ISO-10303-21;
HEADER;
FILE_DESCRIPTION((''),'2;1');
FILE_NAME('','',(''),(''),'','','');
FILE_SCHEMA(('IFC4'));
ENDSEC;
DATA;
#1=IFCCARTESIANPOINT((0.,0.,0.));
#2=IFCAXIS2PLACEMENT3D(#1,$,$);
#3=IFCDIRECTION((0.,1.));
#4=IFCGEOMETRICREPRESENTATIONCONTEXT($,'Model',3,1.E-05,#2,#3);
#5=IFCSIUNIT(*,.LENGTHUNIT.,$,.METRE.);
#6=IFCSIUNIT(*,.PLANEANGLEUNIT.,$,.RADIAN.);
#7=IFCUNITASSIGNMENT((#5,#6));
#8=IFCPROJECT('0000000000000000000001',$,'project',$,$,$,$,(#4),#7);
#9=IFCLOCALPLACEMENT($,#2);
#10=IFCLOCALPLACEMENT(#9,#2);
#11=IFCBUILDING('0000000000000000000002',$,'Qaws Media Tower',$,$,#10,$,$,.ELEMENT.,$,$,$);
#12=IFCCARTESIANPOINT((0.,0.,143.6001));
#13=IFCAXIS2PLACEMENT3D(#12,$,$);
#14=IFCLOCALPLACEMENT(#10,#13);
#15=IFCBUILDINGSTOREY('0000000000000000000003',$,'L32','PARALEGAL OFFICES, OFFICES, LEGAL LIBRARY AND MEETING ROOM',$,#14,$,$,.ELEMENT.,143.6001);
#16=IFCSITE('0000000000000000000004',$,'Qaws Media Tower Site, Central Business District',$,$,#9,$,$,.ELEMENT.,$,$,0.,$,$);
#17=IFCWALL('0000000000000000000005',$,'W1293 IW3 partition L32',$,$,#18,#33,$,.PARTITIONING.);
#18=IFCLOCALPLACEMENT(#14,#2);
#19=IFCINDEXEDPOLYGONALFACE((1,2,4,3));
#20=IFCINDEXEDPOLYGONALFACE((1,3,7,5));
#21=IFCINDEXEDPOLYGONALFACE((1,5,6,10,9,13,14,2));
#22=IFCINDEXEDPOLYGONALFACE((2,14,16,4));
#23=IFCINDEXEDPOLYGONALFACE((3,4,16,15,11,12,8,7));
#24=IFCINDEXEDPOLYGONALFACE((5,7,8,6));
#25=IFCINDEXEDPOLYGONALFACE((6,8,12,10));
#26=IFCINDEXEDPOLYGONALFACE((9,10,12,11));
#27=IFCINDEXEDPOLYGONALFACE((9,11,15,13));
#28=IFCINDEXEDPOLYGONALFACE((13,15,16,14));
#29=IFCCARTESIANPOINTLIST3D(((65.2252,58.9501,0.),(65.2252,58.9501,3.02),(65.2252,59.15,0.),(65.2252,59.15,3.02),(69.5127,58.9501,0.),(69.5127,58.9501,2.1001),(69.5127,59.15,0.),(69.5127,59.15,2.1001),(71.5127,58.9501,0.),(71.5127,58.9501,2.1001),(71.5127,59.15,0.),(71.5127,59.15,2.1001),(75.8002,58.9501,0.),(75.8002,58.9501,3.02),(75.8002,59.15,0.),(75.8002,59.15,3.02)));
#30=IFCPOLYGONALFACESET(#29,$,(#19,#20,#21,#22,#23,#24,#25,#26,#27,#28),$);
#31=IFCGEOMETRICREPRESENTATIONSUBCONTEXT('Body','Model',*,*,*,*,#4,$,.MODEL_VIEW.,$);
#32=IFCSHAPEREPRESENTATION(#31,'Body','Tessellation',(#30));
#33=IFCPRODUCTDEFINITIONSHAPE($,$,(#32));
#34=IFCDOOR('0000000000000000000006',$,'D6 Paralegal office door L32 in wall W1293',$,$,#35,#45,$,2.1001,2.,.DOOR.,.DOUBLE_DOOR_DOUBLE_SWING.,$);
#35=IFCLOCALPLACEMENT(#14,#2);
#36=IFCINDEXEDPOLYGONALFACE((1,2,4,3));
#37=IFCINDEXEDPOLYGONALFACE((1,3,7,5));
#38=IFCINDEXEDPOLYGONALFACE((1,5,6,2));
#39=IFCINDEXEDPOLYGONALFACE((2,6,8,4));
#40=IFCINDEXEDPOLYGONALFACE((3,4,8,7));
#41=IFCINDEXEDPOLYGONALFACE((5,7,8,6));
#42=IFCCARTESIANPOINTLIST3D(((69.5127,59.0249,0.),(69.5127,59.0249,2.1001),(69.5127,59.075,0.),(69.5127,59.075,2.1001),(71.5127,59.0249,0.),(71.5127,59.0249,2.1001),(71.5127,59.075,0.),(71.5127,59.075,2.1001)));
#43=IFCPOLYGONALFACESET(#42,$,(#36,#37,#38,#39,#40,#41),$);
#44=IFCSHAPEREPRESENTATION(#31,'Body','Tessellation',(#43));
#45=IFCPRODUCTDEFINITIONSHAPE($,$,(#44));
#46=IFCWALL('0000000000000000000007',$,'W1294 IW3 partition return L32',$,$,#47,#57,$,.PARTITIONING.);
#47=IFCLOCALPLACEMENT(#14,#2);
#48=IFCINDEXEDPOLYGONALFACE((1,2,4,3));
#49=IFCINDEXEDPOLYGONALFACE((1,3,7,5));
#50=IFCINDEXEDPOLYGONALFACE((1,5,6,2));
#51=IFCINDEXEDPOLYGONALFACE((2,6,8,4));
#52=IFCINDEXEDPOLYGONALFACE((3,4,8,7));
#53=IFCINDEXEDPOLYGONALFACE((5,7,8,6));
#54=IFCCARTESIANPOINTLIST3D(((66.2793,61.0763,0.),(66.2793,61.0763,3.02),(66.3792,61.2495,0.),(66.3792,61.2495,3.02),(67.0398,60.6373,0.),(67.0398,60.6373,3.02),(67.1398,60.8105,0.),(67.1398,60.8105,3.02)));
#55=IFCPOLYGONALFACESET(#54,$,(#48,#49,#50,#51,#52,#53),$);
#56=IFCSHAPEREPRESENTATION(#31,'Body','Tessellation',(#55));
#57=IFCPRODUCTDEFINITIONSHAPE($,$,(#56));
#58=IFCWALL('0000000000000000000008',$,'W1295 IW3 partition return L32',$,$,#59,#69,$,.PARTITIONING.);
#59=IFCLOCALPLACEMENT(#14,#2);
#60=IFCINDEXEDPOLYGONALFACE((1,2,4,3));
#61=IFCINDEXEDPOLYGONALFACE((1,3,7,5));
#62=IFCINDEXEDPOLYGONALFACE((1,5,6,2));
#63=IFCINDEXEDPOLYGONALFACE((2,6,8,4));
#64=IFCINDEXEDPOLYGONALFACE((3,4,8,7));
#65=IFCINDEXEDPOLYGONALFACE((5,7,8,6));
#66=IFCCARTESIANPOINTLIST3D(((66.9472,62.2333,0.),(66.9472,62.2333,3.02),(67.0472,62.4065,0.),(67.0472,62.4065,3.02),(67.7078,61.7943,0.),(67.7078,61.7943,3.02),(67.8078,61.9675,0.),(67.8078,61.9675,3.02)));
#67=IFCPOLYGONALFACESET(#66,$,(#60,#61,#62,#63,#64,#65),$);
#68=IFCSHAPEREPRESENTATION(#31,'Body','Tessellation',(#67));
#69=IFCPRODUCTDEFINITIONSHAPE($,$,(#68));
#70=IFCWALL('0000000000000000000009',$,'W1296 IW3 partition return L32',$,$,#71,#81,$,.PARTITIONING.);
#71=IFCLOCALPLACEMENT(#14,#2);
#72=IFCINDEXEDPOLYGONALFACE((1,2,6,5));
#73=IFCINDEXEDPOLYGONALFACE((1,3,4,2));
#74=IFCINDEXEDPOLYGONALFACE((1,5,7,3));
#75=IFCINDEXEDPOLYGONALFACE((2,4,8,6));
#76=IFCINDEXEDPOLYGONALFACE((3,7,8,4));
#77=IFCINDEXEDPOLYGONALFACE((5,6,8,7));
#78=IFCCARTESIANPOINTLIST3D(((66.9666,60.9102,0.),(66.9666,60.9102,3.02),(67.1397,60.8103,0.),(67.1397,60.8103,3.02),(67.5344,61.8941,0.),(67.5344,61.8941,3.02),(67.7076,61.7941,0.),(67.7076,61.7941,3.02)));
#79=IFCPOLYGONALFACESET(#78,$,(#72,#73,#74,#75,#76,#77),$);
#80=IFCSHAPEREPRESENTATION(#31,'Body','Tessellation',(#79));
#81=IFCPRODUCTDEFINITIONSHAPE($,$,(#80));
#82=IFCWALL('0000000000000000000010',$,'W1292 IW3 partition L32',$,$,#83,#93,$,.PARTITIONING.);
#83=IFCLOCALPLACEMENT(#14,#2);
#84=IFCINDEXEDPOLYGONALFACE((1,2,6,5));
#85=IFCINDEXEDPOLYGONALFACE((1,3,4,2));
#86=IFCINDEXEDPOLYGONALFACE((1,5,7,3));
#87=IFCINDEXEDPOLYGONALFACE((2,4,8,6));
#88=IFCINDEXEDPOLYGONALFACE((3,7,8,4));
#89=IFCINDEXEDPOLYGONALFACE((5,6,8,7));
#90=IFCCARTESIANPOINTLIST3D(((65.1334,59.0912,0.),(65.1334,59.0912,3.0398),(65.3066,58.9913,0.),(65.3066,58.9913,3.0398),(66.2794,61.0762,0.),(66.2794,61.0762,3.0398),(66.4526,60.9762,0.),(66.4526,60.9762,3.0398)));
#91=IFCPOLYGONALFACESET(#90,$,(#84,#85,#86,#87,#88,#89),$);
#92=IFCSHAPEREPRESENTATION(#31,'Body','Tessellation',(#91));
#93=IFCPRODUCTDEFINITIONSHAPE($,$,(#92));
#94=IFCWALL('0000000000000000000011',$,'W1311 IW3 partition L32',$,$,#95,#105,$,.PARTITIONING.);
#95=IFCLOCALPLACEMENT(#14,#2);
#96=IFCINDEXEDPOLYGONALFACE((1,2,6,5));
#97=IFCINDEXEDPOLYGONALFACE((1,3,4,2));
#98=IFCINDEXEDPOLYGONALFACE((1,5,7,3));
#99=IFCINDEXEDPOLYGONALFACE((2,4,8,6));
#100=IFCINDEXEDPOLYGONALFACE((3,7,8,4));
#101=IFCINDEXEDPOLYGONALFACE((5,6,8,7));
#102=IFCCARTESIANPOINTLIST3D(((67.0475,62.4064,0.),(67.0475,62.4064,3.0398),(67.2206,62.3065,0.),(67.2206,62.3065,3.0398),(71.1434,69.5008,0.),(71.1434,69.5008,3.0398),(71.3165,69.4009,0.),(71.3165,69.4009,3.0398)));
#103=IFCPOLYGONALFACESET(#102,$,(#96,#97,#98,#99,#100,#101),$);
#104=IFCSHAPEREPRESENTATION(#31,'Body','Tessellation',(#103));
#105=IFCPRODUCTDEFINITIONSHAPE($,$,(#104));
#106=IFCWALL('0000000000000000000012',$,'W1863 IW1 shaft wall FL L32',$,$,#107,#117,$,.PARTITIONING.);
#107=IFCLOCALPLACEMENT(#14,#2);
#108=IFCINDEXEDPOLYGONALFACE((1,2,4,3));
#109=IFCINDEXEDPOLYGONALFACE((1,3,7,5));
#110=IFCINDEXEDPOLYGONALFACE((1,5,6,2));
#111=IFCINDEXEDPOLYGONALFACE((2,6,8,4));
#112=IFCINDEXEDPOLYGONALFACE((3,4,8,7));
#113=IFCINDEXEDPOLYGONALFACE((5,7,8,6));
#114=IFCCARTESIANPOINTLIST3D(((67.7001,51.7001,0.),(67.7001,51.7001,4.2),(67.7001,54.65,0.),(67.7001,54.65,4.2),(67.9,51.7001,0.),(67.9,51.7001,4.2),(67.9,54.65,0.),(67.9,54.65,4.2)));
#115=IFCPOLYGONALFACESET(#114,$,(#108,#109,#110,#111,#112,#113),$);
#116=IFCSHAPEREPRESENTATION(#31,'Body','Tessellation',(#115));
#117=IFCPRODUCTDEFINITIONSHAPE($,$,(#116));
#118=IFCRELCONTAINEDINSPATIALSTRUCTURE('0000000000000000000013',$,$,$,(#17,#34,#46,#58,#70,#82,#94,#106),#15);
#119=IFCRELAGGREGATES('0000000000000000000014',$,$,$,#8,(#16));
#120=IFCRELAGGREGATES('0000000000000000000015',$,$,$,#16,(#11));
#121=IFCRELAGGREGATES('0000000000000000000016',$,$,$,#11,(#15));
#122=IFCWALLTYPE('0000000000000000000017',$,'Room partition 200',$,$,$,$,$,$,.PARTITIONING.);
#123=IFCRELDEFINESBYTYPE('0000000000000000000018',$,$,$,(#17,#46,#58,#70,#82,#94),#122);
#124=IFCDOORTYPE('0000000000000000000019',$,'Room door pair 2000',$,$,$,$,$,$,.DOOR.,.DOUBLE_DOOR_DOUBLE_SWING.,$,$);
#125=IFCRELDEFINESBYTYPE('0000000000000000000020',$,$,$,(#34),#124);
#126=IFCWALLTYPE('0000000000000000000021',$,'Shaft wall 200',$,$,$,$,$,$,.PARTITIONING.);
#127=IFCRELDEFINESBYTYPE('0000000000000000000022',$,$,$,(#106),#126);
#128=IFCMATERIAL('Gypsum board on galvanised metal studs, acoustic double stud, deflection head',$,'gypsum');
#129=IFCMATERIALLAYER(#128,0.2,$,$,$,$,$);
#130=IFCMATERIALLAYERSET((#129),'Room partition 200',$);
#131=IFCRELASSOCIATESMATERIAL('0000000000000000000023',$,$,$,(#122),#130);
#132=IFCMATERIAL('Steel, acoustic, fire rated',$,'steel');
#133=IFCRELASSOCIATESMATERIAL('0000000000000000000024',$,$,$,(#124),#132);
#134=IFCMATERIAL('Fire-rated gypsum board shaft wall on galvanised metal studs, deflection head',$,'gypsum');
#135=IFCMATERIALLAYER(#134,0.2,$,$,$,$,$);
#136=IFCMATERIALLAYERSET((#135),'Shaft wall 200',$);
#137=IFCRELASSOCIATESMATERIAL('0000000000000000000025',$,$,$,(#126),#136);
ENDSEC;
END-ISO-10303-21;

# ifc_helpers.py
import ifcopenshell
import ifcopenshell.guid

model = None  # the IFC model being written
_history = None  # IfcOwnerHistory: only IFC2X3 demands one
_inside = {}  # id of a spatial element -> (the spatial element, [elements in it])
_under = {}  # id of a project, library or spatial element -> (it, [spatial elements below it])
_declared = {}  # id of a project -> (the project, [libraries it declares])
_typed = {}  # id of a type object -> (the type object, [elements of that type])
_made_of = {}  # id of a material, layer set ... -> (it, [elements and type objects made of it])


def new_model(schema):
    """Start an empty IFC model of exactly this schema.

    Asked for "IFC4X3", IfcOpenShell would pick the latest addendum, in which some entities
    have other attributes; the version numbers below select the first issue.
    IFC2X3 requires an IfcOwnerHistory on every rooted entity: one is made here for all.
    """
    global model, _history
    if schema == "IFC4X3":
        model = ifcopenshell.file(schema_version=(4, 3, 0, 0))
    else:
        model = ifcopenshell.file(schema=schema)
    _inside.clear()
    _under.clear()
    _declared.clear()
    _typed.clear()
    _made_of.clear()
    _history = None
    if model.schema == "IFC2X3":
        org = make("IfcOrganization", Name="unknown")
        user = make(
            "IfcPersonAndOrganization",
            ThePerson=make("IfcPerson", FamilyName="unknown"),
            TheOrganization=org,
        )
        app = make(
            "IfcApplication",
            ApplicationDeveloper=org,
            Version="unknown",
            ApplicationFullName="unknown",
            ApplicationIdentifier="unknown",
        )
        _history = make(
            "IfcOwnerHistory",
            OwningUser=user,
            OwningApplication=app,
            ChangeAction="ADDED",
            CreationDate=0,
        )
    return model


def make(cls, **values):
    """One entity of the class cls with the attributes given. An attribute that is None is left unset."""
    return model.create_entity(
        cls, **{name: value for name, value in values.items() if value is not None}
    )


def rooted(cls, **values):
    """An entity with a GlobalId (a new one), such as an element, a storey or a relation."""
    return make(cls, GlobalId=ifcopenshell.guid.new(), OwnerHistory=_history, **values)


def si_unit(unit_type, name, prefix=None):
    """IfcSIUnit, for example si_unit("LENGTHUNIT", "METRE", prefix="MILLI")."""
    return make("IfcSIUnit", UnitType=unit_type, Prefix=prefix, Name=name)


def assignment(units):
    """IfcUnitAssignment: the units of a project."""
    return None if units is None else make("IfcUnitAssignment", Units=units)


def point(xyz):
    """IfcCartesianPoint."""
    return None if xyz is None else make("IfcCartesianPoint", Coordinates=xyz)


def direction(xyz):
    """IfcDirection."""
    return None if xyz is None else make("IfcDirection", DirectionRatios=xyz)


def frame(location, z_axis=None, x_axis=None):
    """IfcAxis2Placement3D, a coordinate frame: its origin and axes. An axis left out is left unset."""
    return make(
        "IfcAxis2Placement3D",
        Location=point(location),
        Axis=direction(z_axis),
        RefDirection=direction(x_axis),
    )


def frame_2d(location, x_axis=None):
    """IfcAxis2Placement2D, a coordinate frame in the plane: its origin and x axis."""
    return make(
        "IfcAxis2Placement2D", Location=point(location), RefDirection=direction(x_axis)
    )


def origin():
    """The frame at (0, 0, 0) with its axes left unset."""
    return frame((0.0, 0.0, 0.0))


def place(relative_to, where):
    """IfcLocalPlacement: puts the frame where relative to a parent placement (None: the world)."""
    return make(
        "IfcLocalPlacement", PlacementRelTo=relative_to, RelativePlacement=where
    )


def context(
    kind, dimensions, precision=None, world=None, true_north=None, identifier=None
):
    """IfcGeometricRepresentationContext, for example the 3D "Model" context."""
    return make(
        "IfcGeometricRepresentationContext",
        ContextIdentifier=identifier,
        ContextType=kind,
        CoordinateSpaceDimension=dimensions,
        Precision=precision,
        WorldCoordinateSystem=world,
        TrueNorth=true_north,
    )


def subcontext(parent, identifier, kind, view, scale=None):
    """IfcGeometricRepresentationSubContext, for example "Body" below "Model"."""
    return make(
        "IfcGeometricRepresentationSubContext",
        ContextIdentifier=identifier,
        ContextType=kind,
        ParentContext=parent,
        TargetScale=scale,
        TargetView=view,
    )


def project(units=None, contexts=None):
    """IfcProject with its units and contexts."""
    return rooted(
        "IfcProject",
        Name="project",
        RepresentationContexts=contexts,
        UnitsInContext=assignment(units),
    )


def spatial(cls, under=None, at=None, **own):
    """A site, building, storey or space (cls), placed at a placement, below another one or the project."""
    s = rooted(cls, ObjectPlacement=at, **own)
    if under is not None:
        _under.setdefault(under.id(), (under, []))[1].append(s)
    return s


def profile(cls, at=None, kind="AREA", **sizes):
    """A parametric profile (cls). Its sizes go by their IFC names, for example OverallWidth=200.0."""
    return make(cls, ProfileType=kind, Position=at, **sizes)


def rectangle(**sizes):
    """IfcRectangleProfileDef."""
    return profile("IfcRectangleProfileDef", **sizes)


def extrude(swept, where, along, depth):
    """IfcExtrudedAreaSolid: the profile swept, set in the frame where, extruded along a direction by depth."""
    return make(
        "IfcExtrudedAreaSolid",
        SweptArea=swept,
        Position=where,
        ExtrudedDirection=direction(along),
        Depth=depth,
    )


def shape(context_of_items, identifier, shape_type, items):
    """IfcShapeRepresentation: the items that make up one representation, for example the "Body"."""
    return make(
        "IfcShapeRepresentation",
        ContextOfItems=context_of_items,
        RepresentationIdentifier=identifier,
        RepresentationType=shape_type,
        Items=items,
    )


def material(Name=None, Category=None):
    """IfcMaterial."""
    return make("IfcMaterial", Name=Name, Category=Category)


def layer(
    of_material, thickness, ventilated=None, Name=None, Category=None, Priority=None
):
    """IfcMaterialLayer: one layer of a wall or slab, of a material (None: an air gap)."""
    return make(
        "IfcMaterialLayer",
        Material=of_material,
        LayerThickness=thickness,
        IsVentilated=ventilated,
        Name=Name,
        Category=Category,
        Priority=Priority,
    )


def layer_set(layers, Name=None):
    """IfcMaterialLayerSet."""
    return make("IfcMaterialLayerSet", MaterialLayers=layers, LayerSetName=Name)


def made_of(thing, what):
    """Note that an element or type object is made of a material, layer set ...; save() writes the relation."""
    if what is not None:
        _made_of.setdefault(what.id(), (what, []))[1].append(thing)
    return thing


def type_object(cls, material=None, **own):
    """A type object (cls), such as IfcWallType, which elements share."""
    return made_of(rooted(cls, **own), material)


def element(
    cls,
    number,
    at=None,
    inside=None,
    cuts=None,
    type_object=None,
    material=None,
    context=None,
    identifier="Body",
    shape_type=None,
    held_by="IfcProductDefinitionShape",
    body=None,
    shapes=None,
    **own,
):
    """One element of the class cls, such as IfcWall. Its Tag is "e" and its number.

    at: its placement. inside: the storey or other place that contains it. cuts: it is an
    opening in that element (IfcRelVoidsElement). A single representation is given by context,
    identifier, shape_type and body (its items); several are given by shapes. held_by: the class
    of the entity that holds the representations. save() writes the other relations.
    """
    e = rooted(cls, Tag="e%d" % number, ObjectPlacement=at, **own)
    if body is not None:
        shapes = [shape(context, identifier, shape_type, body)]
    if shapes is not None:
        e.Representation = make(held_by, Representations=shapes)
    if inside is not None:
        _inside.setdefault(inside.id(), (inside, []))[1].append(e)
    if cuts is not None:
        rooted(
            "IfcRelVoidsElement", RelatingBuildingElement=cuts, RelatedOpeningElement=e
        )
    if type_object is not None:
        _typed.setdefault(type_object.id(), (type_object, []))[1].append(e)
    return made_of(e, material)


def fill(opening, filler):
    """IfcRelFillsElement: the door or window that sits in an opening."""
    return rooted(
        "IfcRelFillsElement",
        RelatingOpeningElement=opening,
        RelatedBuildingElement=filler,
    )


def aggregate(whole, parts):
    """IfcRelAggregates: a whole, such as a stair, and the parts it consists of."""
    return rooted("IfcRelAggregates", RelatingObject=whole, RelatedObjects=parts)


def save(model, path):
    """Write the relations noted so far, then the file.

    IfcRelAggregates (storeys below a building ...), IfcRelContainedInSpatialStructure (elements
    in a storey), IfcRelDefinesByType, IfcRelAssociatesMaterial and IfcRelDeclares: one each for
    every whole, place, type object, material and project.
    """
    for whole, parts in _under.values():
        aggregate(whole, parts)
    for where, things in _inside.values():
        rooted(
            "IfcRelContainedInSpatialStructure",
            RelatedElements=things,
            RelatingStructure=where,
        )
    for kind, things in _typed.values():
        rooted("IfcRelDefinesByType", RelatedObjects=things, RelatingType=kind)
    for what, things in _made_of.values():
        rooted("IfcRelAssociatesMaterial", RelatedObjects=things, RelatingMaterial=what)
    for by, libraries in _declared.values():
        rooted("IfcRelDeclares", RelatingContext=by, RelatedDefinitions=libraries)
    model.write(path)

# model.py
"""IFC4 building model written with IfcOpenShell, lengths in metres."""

from ifc_helpers import new_model, si_unit, direction, frame, frame_2d, origin, place, context, subcontext, project, spatial, rectangle, extrude, material, layer, layer_set, type_object, element, fill, save


model = new_model("IFC4")

# Units and contexts
model_context = context("Model", 3, precision=1e-05, world=origin(), true_north=direction((0.0, 1.0)))
body_context = subcontext(model_context, "Body", "Model", "MODEL_VIEW")
ifc_project = project(units=[si_unit("LENGTHUNIT", "METRE"), si_unit("PLANEANGLEUNIT", "RADIAN")], contexts=[model_context])

# Site, building, storey
site_placement = place(None, origin())
site = spatial("IfcSite", under=ifc_project, at=site_placement, Name="Qaws Media Tower Site, Central Business District", CompositionType="ELEMENT", RefElevation=0.0)
building_placement = place(site_placement, origin())
building = spatial("IfcBuilding", under=site, at=building_placement, Name="Qaws Media Tower", CompositionType="ELEMENT")
storey_placement = place(building_placement, frame((0.0, 0.0, 143.6001)))
storey = spatial("IfcBuildingStorey", under=building, at=storey_placement, Name="L32", Description="PARALEGAL OFFICES, OFFICES, LEGAL LIBRARY AND MEETING ROOM", CompositionType="ELEMENT", Elevation=143.6001)

# Wall, opening, door
ifc_material_1 = material(Name="Gypsum board on galvanised metal studs, acoustic double stud, deflection head", Category="gypsum")
ifc_layer_1 = layer(ifc_material_1, 0.2)
ifc_layer_set_1 = layer_set([ifc_layer_1], Name="Room partition 200")
wall_type_1 = type_object("IfcWallType", Name="Room partition 200", PredefinedType="PARTITIONING", material=ifc_layer_set_1)
wall_1_placement = place(storey_placement, frame((65.2251, 59.05, 0.0), z_axis=(0.0, 0.0, 1.0), x_axis=(1.0, 0.0, 0.0)))
wall_1 = element("IfcWall", 1, at=wall_1_placement, inside=storey, type_object=wall_type_1, Name="W1293 IW3 partition L32", PredefinedType="PARTITIONING", context=body_context, shape_type="SweptSolid", body=[
    extrude(rectangle(XDim=10.575, YDim=0.2, at=frame_2d((5.2876, 0.0))), origin(), (0.0, 0.0, 1.0), 3.02),
])
opening_1_placement = place(wall_1_placement, frame((4.2876, 0.0, 0.0)))
opening_1 = element("IfcOpeningElement", 2, at=opening_1_placement, cuts=wall_1, PredefinedType="OPENING", context=body_context, shape_type="SweptSolid", body=[
    extrude(rectangle(XDim=2.0, YDim=2.1001, at=frame_2d((1.0, 1.05))), frame((0.0, 0.1099, 0.0), z_axis=(0.0, -1.0, 0.0), x_axis=(1.0, 0.0, 0.0)), (0.0, 0.0, 1.0), 0.22),
])
ifc_material_2 = material(Name="Steel, acoustic, fire rated", Category="steel")
door_type_1 = type_object("IfcDoorType", Name="Room door pair 2000", OperationType="DOUBLE_DOOR_DOUBLE_SWING", PredefinedType="DOOR", material=ifc_material_2)
door_1_placement = place(opening_1_placement, origin())
door_1 = element("IfcDoor", 3, at=door_1_placement, inside=storey, type_object=door_type_1, Name="D6 Paralegal office door L32 in wall W1293", OperationType="DOUBLE_DOOR_DOUBLE_SWING", OverallHeight=2.1001, OverallWidth=2.0, PredefinedType="DOOR", context=body_context, shape_type="SweptSolid", body=[
    extrude(rectangle(XDim=2.0, YDim=2.1001, at=frame_2d((1.0, 1.05))), frame((0.0, 0.0249, 0.0), z_axis=(0.0, -1.0, 0.0), x_axis=(1.0, 0.0, 0.0)), (0.0, 0.0, 1.0), 0.05),
])
fill(opening_1, door_1)

# Walls
for number, where, z_axis, x_axis, name in (
    (4, (66.3293, 61.1628, 0.0), (0.0, 0.0, 1.0), (0.866079, -0.499907, 0.0), "W1294 IW3 partition return L32"),
    (5, (66.9973, 62.3198, 0.0), (0.0, 0.0, 1.0), (0.866079, -0.499907, 0.0), "W1295 IW3 partition return L32"),
):
    element("IfcWall", number, at=place(storey_placement, frame(where, z_axis=z_axis, x_axis=x_axis)), inside=storey, type_object=wall_type_1, Name=name, PredefinedType="PARTITIONING", context=body_context, shape_type="SweptSolid", body=[
        extrude(rectangle(XDim=0.8782, YDim=0.2, at=frame_2d((0.439, 0.0))), origin(), (0.0, 0.0, 1.0), 3.02),
    ])
wall_2_placement = place(storey_placement, frame((67.0532, 60.8604, 0.0), z_axis=(0.0, 0.0, 1.0), x_axis=(0.499884, 0.866093, 0.0)))
element("IfcWall", 6, at=wall_2_placement, inside=storey, type_object=wall_type_1, Name="W1296 IW3 partition return L32", PredefinedType="PARTITIONING", context=body_context, shape_type="SweptSolid", body=[
    extrude(rectangle(XDim=1.136, YDim=0.2, at=frame_2d((0.5679, 0.0))), origin(), (0.0, 0.0, 1.0), 3.02),
])
wall_3_placement = place(storey_placement, frame((65.22, 59.0413, 0.0), z_axis=(0.0, 0.0, 1.0), x_axis=(0.500011, 0.866019, 0.0)))
element("IfcWall", 7, at=wall_3_placement, inside=storey, type_object=wall_type_1, Name="W1292 IW3 partition L32", PredefinedType="PARTITIONING", context=body_context, shape_type="SweptSolid", body=[
    extrude(rectangle(XDim=2.292, YDim=0.2, at=frame_2d((1.146, 0.0))), origin(), (0.0, 0.0, 1.0), 3.0398),
])
wall_4_placement = place(storey_placement, frame((67.134, 62.3564, 0.0), z_axis=(0.0, 0.0, 1.0), x_axis=(0.499995, 0.866028, 0.0)))
element("IfcWall", 8, at=wall_4_placement, inside=storey, type_object=wall_type_1, Name="W1311 IW3 partition L32", PredefinedType="PARTITIONING", context=body_context, shape_type="SweptSolid", body=[
    extrude(rectangle(XDim=8.1919, YDim=0.2, at=frame_2d((4.0959, 0.0))), origin(), (0.0, 0.0, 1.0), 3.0398),
])
ifc_material_3 = material(Name="Fire-rated gypsum board shaft wall on galvanised metal studs, deflection head", Category="gypsum")
ifc_layer_2 = layer(ifc_material_3, 0.2)
ifc_layer_set_2 = layer_set([ifc_layer_2], Name="Shaft wall 200")
wall_type_2 = type_object("IfcWallType", Name="Shaft wall 200", PredefinedType="PARTITIONING", material=ifc_layer_set_2)
wall_5_placement = place(storey_placement, frame((67.8, 51.7, 0.0), z_axis=(0.0, 0.0, 1.0), x_axis=(0.0, 1.0, 0.0)))
element("IfcWall", 9, at=wall_5_placement, inside=storey, type_object=wall_type_2, Name="W1863 IW1 shaft wall FL L32", PredefinedType="PARTITIONING", context=body_context, shape_type="SweptSolid", body=[
    extrude(rectangle(XDim=2.95, YDim=0.2, at=frame_2d((1.4751, 0.0))), origin(), (0.0, 0.0, 1.0), 4.2),
])

save(model, "model.ifc")
